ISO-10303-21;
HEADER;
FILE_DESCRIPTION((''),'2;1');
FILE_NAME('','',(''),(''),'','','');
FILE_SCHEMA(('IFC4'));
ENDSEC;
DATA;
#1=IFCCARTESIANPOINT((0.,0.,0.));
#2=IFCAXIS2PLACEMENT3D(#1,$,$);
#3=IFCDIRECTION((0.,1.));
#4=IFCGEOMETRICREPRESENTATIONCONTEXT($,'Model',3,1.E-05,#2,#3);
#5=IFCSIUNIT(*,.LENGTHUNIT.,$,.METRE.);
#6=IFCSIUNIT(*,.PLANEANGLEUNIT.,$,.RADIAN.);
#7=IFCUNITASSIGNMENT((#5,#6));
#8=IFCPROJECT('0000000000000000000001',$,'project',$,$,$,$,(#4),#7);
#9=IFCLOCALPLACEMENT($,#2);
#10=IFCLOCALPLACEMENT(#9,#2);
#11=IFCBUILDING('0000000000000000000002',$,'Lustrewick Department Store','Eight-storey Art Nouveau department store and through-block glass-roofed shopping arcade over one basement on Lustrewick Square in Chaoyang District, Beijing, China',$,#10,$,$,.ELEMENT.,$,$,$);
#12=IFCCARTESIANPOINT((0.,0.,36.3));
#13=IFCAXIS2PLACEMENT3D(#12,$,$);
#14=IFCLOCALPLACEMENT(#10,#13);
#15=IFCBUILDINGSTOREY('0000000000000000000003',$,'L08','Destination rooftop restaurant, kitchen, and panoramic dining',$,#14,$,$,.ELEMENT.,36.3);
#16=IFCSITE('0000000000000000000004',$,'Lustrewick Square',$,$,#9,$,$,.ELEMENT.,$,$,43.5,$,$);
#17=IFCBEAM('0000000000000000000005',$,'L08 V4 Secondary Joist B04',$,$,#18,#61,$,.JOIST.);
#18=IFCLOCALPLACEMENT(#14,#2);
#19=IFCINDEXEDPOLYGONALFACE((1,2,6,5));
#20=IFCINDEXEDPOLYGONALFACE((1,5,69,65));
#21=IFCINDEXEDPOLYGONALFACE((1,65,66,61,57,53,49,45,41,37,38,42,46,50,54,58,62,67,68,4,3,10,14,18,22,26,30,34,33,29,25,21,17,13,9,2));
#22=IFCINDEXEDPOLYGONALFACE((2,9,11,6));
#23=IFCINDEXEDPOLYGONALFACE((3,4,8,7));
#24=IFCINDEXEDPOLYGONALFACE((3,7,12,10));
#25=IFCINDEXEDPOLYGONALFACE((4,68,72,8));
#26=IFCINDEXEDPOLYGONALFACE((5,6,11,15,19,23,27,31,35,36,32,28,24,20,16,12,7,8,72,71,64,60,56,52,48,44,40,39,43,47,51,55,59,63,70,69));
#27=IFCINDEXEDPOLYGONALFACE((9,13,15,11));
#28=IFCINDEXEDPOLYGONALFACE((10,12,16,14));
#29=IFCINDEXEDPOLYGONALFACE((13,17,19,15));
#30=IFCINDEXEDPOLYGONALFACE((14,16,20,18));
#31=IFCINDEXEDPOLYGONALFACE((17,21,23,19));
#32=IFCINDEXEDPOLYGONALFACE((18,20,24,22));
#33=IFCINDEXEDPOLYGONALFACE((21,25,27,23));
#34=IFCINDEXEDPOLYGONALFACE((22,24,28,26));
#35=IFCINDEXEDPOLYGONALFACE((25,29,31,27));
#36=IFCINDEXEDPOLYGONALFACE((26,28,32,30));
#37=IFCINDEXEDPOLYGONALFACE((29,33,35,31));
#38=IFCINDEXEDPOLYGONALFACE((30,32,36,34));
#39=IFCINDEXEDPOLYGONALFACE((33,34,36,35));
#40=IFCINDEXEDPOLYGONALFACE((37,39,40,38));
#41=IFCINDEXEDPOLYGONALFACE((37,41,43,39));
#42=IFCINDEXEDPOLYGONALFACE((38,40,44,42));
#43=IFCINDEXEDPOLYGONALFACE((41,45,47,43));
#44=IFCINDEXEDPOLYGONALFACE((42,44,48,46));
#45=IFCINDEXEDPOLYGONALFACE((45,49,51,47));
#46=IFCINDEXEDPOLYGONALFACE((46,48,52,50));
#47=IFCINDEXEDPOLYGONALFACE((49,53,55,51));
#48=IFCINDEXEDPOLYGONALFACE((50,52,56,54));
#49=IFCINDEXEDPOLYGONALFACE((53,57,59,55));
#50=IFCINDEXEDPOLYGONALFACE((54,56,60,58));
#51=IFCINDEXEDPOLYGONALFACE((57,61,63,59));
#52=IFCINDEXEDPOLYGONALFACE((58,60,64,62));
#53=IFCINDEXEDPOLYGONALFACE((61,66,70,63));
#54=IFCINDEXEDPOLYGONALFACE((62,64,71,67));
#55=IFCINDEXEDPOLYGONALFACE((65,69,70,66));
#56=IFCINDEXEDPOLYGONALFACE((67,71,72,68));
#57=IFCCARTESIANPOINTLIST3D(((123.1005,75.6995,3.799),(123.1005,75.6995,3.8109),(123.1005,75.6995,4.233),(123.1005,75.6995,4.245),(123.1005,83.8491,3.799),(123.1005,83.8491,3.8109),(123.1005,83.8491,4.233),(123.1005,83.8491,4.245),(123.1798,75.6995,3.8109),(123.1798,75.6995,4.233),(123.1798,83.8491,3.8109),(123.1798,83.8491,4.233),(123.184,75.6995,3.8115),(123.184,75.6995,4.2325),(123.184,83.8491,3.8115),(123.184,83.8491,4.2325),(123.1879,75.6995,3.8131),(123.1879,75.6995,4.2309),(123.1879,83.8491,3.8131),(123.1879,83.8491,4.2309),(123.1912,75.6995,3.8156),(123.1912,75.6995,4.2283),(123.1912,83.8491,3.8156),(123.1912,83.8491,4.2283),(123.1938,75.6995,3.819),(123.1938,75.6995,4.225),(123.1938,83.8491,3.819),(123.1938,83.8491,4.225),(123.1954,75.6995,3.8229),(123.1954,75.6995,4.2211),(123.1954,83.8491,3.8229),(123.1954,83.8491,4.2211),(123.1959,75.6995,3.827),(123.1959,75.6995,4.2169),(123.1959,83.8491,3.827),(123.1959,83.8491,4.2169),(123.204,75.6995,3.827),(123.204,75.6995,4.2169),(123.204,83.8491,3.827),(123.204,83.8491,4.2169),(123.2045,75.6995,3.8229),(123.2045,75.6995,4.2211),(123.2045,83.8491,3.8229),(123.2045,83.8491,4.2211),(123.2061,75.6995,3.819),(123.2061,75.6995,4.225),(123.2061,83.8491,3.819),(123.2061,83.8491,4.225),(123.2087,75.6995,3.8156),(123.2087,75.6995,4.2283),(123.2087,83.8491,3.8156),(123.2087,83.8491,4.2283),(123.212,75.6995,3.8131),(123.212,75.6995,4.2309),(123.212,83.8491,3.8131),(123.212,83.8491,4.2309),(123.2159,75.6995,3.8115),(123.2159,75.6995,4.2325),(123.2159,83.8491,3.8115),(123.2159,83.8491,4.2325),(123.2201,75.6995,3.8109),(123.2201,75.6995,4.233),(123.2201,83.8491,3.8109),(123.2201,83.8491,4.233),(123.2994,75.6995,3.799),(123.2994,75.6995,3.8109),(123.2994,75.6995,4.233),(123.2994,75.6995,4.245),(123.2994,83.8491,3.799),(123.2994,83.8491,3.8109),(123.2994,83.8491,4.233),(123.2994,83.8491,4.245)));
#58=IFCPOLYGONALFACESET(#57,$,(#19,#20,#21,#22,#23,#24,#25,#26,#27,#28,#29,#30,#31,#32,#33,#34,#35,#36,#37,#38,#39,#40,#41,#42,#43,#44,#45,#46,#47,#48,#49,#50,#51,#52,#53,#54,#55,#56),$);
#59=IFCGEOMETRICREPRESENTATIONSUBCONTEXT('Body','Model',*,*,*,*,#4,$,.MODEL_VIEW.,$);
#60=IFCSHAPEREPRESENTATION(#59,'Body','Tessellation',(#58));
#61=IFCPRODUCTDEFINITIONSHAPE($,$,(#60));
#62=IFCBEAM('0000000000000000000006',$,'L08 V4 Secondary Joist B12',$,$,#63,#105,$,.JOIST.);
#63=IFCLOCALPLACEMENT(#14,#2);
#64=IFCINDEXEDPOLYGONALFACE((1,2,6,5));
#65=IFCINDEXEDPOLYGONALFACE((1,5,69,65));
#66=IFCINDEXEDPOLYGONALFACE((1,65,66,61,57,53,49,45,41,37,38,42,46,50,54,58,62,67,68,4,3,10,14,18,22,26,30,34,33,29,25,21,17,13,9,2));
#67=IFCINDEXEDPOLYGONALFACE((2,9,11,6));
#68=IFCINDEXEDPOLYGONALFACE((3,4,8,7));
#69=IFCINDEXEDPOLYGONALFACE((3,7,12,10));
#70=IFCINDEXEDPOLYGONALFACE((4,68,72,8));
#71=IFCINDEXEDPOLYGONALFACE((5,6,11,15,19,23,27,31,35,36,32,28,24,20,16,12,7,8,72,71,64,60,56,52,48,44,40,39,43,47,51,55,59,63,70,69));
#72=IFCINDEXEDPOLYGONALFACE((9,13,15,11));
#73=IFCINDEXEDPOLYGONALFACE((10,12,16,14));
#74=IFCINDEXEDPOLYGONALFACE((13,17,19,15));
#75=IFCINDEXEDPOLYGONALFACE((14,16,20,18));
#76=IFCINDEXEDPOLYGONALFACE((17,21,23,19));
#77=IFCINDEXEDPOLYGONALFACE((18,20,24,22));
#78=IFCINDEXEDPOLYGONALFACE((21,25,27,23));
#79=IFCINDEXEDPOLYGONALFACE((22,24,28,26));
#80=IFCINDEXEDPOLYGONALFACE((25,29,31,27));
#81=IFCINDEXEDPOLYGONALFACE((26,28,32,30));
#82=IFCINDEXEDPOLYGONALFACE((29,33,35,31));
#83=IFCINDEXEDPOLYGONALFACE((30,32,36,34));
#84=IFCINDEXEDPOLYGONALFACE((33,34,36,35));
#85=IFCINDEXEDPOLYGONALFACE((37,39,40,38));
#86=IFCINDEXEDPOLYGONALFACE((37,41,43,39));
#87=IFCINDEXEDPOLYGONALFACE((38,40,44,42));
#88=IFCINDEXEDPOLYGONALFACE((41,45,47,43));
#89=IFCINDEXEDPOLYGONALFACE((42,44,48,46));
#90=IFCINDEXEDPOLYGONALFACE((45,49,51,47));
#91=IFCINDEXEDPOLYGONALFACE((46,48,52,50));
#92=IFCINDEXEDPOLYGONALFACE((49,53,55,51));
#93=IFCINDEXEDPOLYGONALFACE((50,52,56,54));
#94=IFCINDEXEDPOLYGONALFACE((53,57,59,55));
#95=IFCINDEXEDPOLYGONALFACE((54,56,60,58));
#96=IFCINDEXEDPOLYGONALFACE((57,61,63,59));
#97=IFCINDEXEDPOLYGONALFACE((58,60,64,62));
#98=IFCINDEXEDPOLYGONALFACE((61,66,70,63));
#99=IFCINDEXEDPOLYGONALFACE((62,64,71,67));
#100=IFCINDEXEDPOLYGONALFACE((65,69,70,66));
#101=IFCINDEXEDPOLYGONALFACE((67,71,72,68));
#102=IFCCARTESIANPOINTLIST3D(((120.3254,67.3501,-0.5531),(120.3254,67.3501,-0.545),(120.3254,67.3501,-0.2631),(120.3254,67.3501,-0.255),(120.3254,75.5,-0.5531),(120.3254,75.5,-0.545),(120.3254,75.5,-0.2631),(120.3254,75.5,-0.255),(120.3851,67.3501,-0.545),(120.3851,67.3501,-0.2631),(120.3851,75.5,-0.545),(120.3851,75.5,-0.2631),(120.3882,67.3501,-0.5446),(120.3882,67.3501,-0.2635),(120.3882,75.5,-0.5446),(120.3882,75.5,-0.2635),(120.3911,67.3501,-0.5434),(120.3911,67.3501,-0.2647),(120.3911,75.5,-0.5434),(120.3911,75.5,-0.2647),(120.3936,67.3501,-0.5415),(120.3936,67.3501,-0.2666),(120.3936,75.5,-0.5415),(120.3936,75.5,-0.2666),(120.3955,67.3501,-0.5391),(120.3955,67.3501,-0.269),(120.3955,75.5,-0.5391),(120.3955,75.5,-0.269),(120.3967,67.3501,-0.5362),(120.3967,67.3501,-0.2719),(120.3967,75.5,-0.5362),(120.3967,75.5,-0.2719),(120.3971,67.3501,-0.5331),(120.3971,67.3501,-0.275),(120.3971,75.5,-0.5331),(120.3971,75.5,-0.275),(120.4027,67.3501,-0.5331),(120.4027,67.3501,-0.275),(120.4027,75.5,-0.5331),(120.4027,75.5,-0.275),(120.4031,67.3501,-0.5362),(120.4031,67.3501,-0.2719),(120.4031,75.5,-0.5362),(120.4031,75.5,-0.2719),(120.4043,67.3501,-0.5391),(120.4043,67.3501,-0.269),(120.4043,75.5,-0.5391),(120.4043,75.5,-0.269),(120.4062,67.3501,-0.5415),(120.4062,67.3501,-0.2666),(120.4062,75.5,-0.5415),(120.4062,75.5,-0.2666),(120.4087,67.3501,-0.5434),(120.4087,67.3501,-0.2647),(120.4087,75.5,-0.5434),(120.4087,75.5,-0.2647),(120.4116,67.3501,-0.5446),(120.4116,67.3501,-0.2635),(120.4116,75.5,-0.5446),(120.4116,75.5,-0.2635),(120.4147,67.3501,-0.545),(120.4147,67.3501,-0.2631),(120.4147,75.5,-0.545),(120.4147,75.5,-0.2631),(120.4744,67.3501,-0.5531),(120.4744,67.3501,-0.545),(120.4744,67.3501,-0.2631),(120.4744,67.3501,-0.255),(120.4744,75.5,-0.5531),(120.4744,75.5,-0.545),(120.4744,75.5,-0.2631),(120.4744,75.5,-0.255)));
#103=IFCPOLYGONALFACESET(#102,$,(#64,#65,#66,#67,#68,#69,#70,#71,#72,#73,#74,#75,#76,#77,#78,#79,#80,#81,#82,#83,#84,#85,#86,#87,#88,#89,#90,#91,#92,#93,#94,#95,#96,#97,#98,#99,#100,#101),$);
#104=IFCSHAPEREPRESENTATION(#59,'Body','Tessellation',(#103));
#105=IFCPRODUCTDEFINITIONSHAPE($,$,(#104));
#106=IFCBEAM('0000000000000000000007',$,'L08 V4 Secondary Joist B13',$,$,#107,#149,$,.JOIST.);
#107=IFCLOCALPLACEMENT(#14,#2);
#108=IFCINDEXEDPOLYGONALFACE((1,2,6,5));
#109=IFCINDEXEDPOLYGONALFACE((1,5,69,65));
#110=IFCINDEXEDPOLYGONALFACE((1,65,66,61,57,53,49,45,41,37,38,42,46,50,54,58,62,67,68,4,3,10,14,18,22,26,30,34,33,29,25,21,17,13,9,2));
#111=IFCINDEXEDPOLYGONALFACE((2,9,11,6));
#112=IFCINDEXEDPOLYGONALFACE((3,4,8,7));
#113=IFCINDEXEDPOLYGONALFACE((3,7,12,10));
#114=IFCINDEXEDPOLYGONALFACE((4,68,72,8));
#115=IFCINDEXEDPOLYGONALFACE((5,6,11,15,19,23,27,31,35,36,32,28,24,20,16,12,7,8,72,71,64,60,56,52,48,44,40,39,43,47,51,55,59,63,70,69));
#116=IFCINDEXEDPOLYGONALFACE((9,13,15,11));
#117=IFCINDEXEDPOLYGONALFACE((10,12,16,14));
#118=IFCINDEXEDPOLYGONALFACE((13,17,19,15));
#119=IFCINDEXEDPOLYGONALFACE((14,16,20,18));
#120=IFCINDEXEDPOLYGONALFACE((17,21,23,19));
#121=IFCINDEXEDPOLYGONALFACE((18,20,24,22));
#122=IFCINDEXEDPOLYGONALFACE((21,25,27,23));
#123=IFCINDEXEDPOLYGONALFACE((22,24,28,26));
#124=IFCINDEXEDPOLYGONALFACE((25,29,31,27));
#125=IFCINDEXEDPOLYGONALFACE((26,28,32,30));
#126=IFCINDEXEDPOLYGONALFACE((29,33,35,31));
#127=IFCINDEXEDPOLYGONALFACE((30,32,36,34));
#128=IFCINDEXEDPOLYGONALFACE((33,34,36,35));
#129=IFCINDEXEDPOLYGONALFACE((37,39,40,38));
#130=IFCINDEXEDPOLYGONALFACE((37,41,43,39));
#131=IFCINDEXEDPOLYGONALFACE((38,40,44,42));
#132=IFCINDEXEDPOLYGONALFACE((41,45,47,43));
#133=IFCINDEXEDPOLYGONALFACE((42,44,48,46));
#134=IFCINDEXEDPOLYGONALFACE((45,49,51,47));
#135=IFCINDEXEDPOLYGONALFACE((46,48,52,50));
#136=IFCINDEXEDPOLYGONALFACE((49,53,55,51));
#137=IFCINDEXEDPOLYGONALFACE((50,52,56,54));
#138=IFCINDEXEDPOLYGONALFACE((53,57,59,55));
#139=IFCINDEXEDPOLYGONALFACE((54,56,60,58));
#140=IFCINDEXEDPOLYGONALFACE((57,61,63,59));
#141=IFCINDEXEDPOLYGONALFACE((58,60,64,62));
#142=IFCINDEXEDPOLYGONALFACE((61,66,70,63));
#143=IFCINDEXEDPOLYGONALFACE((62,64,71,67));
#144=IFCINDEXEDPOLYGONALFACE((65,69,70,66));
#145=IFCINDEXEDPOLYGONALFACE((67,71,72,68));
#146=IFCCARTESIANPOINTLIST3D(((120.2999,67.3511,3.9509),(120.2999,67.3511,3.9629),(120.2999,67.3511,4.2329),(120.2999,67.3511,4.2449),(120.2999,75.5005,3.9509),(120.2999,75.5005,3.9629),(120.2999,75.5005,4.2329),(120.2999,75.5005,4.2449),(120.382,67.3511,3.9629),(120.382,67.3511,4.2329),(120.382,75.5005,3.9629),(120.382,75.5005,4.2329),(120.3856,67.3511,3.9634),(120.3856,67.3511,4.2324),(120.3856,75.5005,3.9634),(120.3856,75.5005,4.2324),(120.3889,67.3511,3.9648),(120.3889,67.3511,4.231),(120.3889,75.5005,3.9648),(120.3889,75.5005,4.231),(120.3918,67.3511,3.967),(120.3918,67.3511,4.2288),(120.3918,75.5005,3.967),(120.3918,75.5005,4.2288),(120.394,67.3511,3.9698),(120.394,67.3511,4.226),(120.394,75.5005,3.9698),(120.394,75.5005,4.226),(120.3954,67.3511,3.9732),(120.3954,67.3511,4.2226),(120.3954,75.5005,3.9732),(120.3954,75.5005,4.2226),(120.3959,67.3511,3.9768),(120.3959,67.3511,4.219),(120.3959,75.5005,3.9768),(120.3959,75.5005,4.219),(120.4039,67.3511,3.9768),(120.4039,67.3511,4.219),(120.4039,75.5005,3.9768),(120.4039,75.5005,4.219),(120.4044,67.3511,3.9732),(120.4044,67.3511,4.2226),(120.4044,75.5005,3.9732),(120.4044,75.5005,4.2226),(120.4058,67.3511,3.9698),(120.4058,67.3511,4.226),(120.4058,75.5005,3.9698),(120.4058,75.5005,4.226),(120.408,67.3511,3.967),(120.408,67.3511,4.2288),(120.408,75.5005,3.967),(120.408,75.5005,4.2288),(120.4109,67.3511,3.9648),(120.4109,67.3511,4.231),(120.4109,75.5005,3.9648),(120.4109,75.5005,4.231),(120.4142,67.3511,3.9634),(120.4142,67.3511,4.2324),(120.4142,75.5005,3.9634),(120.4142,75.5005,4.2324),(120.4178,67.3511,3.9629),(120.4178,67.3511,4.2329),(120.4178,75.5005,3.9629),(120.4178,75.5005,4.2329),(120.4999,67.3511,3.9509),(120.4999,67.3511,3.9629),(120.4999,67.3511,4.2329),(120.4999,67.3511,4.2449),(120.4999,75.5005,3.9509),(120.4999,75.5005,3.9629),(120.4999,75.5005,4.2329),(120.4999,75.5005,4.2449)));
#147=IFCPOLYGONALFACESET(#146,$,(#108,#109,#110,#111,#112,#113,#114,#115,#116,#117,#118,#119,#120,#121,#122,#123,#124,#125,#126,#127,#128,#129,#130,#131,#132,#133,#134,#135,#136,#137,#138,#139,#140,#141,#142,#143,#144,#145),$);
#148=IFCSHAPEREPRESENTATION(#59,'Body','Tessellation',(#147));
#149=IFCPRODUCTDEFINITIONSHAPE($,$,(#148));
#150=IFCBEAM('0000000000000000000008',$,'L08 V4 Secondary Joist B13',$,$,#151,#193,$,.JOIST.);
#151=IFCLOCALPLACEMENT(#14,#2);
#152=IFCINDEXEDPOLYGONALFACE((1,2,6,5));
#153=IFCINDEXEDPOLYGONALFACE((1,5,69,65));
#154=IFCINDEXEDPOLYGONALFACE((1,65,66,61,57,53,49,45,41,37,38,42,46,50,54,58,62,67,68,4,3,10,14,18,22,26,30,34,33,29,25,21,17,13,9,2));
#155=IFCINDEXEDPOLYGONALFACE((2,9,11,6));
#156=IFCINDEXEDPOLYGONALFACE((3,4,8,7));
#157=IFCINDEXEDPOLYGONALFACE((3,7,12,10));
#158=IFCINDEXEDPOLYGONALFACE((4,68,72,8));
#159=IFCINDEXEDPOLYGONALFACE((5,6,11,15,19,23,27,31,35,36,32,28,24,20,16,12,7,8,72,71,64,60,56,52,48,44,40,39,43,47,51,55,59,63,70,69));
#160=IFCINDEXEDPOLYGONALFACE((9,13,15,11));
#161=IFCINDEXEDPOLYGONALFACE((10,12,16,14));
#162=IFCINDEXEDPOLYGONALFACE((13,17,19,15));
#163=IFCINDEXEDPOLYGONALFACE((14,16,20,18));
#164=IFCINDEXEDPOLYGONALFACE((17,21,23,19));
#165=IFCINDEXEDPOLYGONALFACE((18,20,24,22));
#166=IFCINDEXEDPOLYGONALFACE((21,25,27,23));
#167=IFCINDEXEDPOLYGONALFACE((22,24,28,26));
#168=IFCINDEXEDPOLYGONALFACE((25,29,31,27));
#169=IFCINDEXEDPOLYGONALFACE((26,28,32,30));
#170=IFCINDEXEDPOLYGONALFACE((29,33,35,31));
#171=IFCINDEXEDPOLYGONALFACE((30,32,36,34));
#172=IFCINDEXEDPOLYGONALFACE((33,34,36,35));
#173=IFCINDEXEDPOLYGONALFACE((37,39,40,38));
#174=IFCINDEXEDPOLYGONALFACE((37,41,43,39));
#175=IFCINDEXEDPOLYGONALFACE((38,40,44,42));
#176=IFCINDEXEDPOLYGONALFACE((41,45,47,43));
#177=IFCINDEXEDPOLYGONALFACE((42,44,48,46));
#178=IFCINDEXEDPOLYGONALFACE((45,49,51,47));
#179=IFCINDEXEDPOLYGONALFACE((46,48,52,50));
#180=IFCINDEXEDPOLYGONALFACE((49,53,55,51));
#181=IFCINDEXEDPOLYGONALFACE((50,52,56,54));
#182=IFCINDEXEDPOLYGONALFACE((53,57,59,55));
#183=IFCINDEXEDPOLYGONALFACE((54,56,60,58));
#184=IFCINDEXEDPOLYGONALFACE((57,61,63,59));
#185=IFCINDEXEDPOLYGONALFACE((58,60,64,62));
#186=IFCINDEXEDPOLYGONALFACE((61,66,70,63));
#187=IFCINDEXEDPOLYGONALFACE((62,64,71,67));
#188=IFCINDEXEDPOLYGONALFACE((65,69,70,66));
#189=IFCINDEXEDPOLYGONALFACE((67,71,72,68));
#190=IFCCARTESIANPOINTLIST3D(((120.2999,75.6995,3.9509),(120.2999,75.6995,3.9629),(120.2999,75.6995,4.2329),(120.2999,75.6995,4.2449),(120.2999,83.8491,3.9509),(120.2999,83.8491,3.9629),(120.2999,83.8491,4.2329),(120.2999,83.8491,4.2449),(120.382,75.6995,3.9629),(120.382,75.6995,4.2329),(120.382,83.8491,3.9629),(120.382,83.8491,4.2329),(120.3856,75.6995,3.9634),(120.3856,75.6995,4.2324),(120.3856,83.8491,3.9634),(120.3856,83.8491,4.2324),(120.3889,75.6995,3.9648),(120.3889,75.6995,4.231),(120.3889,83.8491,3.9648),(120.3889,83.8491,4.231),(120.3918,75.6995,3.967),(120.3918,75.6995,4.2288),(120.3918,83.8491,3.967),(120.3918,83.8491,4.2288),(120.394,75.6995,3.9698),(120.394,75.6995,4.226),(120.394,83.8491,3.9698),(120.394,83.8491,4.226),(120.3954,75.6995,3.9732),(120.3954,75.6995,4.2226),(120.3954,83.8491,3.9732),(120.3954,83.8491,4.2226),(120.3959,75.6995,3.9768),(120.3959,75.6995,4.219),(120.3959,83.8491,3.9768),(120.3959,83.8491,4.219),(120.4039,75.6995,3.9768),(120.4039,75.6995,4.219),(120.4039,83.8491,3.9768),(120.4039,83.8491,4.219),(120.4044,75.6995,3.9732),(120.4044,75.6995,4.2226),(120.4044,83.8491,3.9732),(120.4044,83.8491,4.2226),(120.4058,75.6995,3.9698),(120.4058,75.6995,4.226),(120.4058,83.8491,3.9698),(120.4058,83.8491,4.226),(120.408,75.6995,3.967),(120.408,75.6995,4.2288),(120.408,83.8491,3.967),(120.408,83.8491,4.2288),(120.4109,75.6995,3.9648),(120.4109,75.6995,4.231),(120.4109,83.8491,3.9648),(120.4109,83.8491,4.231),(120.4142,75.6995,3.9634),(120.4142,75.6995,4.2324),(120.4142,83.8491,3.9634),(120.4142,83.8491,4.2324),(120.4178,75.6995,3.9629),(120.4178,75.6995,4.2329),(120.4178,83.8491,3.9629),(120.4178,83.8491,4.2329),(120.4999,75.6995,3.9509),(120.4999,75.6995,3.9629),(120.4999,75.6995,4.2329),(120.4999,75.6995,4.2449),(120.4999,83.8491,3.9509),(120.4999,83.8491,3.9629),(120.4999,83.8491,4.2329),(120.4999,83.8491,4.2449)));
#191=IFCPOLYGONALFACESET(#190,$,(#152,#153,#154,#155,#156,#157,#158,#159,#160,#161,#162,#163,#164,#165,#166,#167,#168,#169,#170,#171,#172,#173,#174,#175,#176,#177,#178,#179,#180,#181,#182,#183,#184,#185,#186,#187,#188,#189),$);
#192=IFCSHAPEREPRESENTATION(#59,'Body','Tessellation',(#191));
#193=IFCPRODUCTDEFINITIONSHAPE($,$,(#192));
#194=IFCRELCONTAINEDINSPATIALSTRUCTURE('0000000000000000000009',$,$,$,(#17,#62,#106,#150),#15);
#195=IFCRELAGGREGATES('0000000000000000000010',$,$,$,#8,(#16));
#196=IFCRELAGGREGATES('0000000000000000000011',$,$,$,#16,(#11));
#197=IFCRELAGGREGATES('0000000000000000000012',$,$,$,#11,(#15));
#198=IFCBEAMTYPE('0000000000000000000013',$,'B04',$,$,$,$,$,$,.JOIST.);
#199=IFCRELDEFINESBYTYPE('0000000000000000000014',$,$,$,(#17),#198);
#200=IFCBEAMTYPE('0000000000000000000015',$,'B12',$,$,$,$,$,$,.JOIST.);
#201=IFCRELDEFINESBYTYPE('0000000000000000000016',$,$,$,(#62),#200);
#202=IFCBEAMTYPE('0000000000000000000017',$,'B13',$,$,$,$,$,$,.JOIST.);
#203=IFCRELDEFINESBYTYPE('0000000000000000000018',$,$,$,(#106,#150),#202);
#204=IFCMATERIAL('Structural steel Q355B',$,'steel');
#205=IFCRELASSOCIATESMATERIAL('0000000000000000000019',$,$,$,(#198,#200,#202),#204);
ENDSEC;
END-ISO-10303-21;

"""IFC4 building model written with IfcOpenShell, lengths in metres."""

from ifc_helpers import new_model, si_unit, direction, frame, origin, origin_2d, place, context, subcontext, project, spatial, i_section, extrude, material, material_profile, profile_set, type_object, element, save


model = new_model("IFC4")

# Units and contexts
model_context = context("Model", 3, precision=1e-05, world=origin(), true_north=direction((0.0, 1.0)))
body_context = subcontext(model_context, "Body", "Model", "MODEL_VIEW")
ifc_project = project(units=[si_unit("LENGTHUNIT", "METRE"), si_unit("PLANEANGLEUNIT", "RADIAN")], contexts=[model_context])

# Site, building, storey
site_placement = place(None, origin())
site = spatial("IfcSite", under=ifc_project, at=site_placement, Name="Lustrewick Square", CompositionType="ELEMENT", RefElevation=43.5)
building_placement = place(site_placement, origin())
building = spatial("IfcBuilding", under=site, at=building_placement, Name="Lustrewick Department Store", Description="Eight-storey Art Nouveau department store and through-block glass-roofed shopping arcade over one basement on Lustrewick Square in Chaoyang District, Beijing, China", CompositionType="ELEMENT")
storey_placement = place(building_placement, frame((0.0, 0.0, 36.3)))
storey = spatial("IfcBuildingStorey", under=building, at=storey_placement, Name="L08", Description="Destination rooftop restaurant, kitchen, and panoramic dining", CompositionType="ELEMENT", Elevation=36.3)

# Shared definitions
ifc_material_1 = material(Name="Structural steel Q355B", Category="steel")

# Beams
ifc_material_profile_1 = material_profile(ifc_material_1, i_section(OverallWidth=0.199, OverallDepth=0.446, WebThickness=0.0081, FlangeThickness=0.012, FilletRadius=0.0161, at=origin_2d()), Name="HN 446x199x8x12")
ifc_profile_set_1 = profile_set([ifc_material_profile_1], Name="Structural steel Q355B")
beam_type_1 = type_object("IfcBeamType", Name="B04", PredefinedType="JOIST", material=ifc_profile_set_1)
beam_1_placement = place(storey_placement, frame((123.2, 75.6995, 4.022), z_axis=(0.0, 1.0, 0.0), x_axis=(-1.0, 0.0, 0.0)))
element("IfcBeam", 1, at=beam_1_placement, inside=storey, type_object=beam_type_1, Name="L08 V4 Secondary Joist B04", PredefinedType="JOIST", context=body_context, shape_type="SweptSolid", body=[
    extrude(i_section(OverallWidth=0.199, OverallDepth=0.446, WebThickness=0.0081, FlangeThickness=0.012, FilletRadius=0.0161, at=origin_2d()), origin(), (0.0, 0.0, 1.0), 8.1497),
])
ifc_material_profile_2 = material_profile(ifc_material_1, i_section(OverallWidth=0.1489, OverallDepth=0.2981, WebThickness=0.0056, FlangeThickness=0.0081, FilletRadius=0.012, at=origin_2d()), Name="HN 298x149x5.5x8")
ifc_profile_set_2 = profile_set([ifc_material_profile_2], Name="Structural steel Q355B")
beam_type_2 = type_object("IfcBeamType", Name="B12", PredefinedType="JOIST", material=ifc_profile_set_2)
beam_2_placement = place(storey_placement, frame((120.3999, 67.3501, -0.4041), z_axis=(0.0, 1.0, 0.0), x_axis=(-1.0, 0.0, 0.0)))
element("IfcBeam", 2, at=beam_2_placement, inside=storey, type_object=beam_type_2, Name="L08 V4 Secondary Joist B12", PredefinedType="JOIST", context=body_context, shape_type="SweptSolid", body=[
    extrude(i_section(OverallWidth=0.1489, OverallDepth=0.2981, WebThickness=0.0056, FlangeThickness=0.0081, FilletRadius=0.012, at=origin_2d()), origin(), (0.0, 0.0, 1.0), 8.1499),
])
ifc_material_profile_3 = material_profile(ifc_material_1, i_section(OverallWidth=0.2, OverallDepth=0.2939, WebThickness=0.0081, FlangeThickness=0.012, FilletRadius=0.0139, at=origin_2d()), Name="HM 294x200x8x12")
ifc_profile_set_3 = profile_set([ifc_material_profile_3], Name="Structural steel Q355B")
beam_type_3 = type_object("IfcBeamType", Name="B13", PredefinedType="JOIST", material=ifc_profile_set_3)
beam_3_placement = place(storey_placement, frame((120.3999, 67.3511, 4.0979), z_axis=(0.0, 1.0, 0.0), x_axis=(-1.0, 0.0, 0.0)))
element("IfcBeam", 3, at=beam_3_placement, inside=storey, type_object=beam_type_3, Name="L08 V4 Secondary Joist B13", PredefinedType="JOIST", context=body_context, shape_type="SweptSolid", body=[
    extrude(i_section(OverallWidth=0.2, OverallDepth=0.2939, WebThickness=0.0081, FlangeThickness=0.012, FilletRadius=0.0139, at=origin_2d()), origin(), (0.0, 0.0, 1.0), 8.1494),
])
beam_4_placement = place(storey_placement, frame((120.3999, 75.6995, 4.0979), z_axis=(0.0, 1.0, 0.0), x_axis=(-1.0, 0.0, 0.0)))
element("IfcBeam", 4, at=beam_4_placement, inside=storey, type_object=beam_type_3, Name="L08 V4 Secondary Joist B13", PredefinedType="JOIST", context=body_context, shape_type="SweptSolid", body=[
    extrude(i_section(OverallWidth=0.2, OverallDepth=0.2939, WebThickness=0.0081, FlangeThickness=0.012, FilletRadius=0.0139, at=origin_2d()), origin(), (0.0, 0.0, 1.0), 8.1497),
])

save(model, "model.ifc")
